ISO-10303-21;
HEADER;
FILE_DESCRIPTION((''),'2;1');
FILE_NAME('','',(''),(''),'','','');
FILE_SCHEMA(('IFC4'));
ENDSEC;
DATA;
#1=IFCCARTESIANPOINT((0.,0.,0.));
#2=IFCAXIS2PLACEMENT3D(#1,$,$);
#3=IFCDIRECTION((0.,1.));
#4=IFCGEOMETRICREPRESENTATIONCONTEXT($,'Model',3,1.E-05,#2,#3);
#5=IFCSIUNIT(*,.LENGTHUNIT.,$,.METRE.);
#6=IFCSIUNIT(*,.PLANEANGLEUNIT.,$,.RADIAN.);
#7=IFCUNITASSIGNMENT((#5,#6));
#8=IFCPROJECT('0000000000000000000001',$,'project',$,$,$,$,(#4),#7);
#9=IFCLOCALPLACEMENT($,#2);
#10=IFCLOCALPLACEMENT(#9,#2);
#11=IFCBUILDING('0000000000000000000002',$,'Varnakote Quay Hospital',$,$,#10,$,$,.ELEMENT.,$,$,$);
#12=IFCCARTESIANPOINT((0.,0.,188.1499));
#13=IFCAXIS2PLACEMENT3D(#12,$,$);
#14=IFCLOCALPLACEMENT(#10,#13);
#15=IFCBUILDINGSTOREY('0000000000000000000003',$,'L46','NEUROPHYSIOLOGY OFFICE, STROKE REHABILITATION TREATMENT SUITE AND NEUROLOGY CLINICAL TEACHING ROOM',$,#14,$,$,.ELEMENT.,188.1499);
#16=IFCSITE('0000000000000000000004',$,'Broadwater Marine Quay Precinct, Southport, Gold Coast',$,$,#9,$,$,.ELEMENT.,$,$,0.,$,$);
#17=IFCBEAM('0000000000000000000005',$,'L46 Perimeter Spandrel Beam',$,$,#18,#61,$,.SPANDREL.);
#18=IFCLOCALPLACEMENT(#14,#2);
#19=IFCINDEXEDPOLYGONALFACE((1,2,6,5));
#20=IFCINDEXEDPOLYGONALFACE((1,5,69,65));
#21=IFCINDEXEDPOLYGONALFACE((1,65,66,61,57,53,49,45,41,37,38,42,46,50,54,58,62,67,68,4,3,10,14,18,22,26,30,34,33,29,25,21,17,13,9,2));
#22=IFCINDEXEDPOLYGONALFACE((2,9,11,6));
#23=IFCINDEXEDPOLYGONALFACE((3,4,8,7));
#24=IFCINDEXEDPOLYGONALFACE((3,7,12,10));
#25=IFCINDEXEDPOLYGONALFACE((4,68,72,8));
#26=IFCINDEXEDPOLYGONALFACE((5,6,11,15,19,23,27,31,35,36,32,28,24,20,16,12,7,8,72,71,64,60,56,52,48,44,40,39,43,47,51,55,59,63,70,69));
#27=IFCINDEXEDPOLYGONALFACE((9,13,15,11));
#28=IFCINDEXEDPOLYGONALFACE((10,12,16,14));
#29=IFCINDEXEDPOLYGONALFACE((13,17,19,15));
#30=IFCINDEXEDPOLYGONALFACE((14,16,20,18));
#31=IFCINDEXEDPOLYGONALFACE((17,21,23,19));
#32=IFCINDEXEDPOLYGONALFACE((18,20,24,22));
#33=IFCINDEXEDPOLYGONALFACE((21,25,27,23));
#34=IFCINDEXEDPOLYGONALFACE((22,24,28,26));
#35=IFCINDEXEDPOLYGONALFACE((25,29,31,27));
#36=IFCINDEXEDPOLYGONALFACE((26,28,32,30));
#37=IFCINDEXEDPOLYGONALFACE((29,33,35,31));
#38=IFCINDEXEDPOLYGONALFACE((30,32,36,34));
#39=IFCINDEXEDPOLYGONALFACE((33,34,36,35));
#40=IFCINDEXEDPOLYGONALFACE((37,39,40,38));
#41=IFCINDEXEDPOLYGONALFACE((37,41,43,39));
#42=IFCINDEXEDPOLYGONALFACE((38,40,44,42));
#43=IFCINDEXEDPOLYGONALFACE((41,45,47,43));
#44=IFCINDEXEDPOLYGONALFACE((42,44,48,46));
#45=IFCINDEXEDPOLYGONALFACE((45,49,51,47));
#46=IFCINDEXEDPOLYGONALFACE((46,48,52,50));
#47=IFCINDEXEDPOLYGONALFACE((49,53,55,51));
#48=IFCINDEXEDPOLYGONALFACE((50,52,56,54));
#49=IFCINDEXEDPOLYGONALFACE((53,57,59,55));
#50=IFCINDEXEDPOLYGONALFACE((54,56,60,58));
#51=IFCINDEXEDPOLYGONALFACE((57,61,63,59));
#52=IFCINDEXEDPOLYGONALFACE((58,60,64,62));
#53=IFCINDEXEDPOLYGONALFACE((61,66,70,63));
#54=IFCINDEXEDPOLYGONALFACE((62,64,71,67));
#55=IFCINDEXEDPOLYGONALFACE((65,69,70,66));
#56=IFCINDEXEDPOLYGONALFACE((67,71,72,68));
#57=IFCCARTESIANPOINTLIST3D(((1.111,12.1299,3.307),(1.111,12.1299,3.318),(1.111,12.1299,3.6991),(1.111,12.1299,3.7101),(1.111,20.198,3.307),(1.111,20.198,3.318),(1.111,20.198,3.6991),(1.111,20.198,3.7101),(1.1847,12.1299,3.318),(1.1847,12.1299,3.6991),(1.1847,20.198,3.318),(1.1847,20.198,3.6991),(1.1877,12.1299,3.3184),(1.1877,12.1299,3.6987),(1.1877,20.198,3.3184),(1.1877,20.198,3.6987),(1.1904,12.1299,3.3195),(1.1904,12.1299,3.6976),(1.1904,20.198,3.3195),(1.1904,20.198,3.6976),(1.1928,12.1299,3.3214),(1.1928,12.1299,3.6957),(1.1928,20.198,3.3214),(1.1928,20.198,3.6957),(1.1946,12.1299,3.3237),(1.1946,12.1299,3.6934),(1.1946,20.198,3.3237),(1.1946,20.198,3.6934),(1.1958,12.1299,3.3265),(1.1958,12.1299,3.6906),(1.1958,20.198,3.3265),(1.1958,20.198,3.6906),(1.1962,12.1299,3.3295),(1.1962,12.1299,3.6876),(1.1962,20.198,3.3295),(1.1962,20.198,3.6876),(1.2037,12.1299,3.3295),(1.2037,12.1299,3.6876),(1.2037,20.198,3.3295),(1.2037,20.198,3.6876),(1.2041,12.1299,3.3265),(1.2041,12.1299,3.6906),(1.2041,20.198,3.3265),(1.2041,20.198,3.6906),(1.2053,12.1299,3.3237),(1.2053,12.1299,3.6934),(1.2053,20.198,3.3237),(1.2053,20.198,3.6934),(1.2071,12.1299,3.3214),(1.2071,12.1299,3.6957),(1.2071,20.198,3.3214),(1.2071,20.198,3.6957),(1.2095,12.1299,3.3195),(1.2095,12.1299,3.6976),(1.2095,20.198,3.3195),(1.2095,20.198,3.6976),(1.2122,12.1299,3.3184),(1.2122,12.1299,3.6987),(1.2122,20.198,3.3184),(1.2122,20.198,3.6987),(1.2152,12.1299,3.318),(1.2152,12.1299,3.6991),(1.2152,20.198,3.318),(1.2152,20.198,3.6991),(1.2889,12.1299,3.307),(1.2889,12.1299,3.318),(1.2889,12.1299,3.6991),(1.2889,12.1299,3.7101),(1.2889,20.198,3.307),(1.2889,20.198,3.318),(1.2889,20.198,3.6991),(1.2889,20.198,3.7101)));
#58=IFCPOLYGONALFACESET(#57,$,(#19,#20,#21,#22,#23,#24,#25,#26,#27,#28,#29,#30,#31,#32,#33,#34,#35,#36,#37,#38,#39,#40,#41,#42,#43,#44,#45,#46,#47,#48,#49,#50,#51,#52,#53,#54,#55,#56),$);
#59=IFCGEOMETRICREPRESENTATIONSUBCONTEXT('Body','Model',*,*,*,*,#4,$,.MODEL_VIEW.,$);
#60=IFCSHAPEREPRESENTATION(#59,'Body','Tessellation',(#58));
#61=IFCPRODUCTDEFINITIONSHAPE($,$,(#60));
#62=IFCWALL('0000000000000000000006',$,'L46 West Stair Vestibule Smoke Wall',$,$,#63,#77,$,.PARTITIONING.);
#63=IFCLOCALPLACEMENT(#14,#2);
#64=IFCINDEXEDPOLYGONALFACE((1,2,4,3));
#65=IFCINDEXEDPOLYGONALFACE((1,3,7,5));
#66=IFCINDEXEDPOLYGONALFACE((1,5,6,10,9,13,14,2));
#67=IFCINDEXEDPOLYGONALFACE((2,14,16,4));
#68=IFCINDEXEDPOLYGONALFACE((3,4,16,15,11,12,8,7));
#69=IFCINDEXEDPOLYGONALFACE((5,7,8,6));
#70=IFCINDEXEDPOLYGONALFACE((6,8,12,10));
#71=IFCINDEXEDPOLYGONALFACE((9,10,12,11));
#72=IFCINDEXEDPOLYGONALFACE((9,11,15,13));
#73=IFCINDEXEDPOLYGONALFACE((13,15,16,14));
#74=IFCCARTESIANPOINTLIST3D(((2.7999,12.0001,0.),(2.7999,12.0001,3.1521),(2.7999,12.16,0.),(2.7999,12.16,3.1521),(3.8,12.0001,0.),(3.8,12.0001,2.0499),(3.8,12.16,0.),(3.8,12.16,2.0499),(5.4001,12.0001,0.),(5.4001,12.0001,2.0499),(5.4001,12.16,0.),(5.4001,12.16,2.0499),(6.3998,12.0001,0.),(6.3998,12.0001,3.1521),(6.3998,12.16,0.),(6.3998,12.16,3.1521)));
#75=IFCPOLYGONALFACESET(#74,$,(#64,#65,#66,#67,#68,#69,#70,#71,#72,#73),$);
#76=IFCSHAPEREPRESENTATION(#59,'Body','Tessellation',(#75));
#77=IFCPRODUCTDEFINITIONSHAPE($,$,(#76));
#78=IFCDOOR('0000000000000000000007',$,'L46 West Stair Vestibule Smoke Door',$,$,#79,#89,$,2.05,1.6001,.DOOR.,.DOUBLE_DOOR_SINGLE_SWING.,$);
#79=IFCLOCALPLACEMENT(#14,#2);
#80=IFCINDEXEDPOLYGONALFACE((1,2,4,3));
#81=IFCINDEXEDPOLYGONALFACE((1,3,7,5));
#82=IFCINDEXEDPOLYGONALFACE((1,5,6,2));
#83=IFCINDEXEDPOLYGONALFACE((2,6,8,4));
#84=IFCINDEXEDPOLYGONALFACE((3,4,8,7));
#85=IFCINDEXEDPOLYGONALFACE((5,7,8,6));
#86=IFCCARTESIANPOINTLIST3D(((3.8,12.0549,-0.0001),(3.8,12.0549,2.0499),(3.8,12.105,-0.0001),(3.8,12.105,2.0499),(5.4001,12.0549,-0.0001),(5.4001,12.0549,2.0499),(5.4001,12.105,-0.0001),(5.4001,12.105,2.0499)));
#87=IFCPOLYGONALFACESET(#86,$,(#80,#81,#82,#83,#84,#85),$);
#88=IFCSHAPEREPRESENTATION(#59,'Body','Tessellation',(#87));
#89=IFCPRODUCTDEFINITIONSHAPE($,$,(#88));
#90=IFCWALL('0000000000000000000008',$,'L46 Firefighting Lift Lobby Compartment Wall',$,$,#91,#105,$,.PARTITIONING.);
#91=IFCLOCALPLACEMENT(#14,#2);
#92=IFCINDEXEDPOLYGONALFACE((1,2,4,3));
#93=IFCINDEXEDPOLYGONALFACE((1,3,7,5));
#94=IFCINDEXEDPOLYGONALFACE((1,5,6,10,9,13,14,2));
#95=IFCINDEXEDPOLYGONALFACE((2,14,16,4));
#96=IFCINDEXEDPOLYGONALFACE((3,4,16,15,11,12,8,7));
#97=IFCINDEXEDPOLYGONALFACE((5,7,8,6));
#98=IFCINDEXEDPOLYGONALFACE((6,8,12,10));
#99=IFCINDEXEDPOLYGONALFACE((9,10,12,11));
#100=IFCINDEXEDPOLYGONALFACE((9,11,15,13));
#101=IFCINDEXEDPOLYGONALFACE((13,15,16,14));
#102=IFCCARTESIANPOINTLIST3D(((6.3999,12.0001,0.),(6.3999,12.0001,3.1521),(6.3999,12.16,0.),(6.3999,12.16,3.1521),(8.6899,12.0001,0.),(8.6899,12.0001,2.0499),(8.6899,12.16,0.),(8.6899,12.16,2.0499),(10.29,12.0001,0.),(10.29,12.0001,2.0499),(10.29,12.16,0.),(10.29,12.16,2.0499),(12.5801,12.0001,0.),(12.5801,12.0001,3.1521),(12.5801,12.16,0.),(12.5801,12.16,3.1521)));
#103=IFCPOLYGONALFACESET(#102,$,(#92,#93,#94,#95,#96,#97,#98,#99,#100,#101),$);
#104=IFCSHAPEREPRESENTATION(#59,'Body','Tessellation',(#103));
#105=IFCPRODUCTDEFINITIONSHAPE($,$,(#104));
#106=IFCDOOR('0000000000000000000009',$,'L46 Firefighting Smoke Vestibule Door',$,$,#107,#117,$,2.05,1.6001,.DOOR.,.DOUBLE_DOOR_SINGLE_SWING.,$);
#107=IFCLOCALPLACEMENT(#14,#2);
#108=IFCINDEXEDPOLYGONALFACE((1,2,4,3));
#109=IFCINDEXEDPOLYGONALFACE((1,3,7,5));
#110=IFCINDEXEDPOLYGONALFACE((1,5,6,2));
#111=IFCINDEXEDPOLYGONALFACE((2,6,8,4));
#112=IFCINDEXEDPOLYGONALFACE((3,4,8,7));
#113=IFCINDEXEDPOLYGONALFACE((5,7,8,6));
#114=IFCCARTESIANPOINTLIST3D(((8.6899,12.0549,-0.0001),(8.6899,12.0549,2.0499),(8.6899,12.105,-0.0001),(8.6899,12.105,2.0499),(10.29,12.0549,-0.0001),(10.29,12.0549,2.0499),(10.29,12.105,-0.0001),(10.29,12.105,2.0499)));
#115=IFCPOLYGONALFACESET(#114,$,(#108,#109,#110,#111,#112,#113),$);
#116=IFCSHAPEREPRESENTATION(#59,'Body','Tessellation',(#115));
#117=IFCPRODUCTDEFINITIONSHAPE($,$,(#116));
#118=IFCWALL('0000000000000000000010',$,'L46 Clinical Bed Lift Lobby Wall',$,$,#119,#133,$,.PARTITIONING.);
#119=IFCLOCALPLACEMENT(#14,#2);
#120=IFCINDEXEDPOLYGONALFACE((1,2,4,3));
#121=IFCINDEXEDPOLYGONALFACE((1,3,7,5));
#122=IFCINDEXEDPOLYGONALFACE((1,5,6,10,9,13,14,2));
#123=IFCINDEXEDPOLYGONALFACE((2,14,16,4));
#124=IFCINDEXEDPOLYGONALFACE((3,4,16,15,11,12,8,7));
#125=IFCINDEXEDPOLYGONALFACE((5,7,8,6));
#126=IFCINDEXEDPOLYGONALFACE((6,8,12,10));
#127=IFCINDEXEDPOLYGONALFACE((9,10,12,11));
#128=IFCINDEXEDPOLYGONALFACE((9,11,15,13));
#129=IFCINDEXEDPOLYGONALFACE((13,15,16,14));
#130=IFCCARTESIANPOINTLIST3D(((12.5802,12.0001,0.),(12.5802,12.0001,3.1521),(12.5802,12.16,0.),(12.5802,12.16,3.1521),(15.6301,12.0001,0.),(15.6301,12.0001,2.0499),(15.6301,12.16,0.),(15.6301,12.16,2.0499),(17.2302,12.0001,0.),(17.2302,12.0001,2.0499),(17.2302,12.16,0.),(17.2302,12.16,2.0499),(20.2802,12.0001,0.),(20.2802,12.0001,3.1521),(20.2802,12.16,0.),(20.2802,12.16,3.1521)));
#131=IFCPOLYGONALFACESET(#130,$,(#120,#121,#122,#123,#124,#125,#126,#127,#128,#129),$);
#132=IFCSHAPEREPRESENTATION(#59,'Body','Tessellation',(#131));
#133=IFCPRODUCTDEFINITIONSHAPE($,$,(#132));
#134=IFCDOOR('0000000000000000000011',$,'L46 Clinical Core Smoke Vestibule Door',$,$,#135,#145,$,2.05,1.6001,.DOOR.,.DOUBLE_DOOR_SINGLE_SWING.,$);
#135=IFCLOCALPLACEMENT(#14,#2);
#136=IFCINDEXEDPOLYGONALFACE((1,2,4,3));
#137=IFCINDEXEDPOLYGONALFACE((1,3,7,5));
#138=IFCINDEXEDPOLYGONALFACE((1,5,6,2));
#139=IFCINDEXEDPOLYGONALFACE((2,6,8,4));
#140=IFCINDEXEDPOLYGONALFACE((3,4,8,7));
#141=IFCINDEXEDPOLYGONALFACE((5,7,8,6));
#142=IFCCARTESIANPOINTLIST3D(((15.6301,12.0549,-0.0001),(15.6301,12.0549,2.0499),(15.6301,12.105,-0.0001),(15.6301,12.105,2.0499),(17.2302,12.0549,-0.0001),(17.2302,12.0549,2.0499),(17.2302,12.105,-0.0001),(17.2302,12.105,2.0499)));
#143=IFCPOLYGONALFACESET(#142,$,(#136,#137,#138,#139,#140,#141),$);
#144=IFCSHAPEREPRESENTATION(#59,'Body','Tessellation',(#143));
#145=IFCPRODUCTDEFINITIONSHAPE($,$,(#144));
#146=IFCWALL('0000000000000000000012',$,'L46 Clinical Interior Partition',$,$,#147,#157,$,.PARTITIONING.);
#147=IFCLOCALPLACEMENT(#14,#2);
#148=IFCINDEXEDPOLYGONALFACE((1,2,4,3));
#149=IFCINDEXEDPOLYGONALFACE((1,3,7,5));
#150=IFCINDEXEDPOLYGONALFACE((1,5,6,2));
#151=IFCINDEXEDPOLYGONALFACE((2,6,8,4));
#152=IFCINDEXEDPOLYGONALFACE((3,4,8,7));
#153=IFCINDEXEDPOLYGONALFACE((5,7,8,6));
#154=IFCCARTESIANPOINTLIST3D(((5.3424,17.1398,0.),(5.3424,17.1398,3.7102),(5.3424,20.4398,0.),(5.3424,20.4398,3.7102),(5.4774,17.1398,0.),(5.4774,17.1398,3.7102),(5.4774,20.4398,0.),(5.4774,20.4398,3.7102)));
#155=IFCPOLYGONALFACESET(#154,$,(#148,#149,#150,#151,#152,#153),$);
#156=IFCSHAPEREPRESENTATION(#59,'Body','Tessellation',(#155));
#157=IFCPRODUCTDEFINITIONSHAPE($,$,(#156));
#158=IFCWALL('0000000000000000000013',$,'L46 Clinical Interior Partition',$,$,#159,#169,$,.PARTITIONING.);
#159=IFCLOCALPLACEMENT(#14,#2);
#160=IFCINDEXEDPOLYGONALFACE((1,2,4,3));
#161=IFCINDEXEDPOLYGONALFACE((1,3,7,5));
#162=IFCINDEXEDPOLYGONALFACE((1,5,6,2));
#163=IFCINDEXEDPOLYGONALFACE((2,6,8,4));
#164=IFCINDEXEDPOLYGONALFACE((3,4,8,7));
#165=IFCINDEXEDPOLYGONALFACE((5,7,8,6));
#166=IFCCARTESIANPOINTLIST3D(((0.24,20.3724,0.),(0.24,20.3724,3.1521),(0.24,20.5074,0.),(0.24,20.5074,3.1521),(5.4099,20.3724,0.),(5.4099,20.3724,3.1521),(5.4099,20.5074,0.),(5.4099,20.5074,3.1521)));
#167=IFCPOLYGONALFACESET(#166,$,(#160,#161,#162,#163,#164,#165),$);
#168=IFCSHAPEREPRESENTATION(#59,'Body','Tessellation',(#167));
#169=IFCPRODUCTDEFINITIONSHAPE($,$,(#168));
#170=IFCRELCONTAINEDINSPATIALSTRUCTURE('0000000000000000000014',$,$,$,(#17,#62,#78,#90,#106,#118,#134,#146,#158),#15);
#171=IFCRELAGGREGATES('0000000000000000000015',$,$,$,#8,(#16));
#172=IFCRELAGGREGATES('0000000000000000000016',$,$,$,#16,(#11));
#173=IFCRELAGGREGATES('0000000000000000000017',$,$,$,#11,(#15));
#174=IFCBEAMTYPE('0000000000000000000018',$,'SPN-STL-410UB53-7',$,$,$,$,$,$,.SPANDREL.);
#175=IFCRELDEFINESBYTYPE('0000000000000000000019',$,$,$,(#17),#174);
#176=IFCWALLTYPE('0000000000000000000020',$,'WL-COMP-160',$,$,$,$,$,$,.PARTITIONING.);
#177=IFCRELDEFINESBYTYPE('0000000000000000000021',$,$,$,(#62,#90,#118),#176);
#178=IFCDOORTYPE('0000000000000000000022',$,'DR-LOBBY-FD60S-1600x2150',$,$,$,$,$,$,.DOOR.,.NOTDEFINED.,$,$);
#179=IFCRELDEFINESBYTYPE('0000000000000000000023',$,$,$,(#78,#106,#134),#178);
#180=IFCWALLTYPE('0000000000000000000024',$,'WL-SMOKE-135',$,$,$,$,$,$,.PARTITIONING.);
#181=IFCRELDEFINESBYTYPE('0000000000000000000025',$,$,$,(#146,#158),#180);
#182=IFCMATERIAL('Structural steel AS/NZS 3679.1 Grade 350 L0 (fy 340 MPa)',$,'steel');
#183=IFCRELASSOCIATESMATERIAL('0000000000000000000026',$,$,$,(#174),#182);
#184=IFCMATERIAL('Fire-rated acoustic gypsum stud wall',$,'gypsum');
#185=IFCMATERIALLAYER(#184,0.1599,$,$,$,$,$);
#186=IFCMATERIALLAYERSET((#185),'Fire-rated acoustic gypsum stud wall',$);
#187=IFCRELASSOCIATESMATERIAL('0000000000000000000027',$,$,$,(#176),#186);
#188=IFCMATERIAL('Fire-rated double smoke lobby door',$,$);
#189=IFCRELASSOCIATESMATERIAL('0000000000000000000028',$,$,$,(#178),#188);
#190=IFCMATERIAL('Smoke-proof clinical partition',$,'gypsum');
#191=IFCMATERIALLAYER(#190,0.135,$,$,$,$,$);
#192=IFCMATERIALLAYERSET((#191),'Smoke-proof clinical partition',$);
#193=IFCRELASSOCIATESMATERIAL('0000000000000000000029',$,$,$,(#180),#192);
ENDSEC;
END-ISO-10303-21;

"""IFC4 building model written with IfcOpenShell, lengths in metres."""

from ifc_helpers import new_model, si_unit, direction, frame, frame_2d, origin, origin_2d, place, context, subcontext, project, spatial, rectangle, i_section, extrude, material, layer, layer_set, material_profile, profile_set, type_object, element, fill, save


model = new_model("IFC4")

# Units and contexts
model_context = context("Model", 3, precision=1e-05, world=origin(), true_north=direction((0.0, 1.0)))
body_context = subcontext(model_context, "Body", "Model", "MODEL_VIEW")
ifc_project = project(units=[si_unit("LENGTHUNIT", "METRE"), si_unit("PLANEANGLEUNIT", "RADIAN")], contexts=[model_context])

# Site, building, storey
site_placement = place(None, origin())
site = spatial("IfcSite", under=ifc_project, at=site_placement, Name="Broadwater Marine Quay Precinct, Southport, Gold Coast", CompositionType="ELEMENT", RefElevation=0.0)
building_placement = place(site_placement, origin())
building = spatial("IfcBuilding", under=site, at=building_placement, Name="Varnakote Quay Hospital", CompositionType="ELEMENT")
storey_placement = place(building_placement, frame((0.0, 0.0, 188.1499)))
storey = spatial("IfcBuildingStorey", under=building, at=storey_placement, Name="L46", Description="NEUROPHYSIOLOGY OFFICE, STROKE REHABILITATION TREATMENT SUITE AND NEUROLOGY CLINICAL TEACHING ROOM", CompositionType="ELEMENT", Elevation=188.1499)

# Beam
ifc_material_1 = material(Name="Structural steel AS/NZS 3679.1 Grade 350 L0 (fy 340 MPa)", Category="steel")
ifc_material_profile_1 = material_profile(ifc_material_1, i_section(OverallWidth=0.178, OverallDepth=0.4031, WebThickness=0.0076, FlangeThickness=0.011, FilletRadius=0.0115, at=origin_2d()), Name="410UB53.7")
ifc_profile_set_1 = profile_set([ifc_material_profile_1], Name="Structural steel AS/NZS 3679.1 Grade 350 L0 (fy 340 MPa)")
beam_type_1 = type_object("IfcBeamType", Name="SPN-STL-410UB53-7", PredefinedType="SPANDREL", material=ifc_profile_set_1)
beam_1_placement = place(storey_placement, frame((1.2, 12.1299, 3.5085), z_axis=(0.0, 1.0, 0.0), x_axis=(-1.0, 0.0, 0.0)))
element("IfcBeam", 1, at=beam_1_placement, inside=storey, type_object=beam_type_1, Name="L46 Perimeter Spandrel Beam", PredefinedType="SPANDREL", context=body_context, shape_type="SweptSolid", body=[
    extrude(i_section(OverallWidth=0.178, OverallDepth=0.4031, WebThickness=0.0076, FlangeThickness=0.011, FilletRadius=0.0115, at=origin_2d()), origin(), (0.0, 0.0, 1.0), 8.0681),
])

# Walls, openings, doors
ifc_material_2 = material(Name="Fire-rated acoustic gypsum stud wall", Category="gypsum")
ifc_layer_1 = layer(ifc_material_2, 0.1599)
ifc_layer_set_1 = layer_set([ifc_layer_1], Name="Fire-rated acoustic gypsum stud wall")
wall_type_1 = type_object("IfcWallType", Name="WL-COMP-160", PredefinedType="PARTITIONING", material=ifc_layer_set_1)
wall_1_placement = place(storey_placement, frame((2.8, 12.0801, 0.0), z_axis=(0.0, 0.0, 1.0), x_axis=(1.0, 0.0, 0.0)))
wall_1 = element("IfcWall", 2, at=wall_1_placement, inside=storey, type_object=wall_type_1, Name="L46 West Stair Vestibule Smoke Wall", PredefinedType="PARTITIONING", context=body_context, shape_type="SweptSolid", body=[
    extrude(rectangle(XDim=3.5999, YDim=0.1599, at=frame_2d((1.7998, 0.0))), origin(), (0.0, 0.0, 1.0), 3.1521),
])
opening_1_placement = place(wall_1_placement, frame((1.0, 0.0, 0.0)))
opening_1 = element("IfcOpeningElement", 3, at=opening_1_placement, cuts=wall_1, PredefinedType="OPENING", context=body_context, shape_type="SweptSolid", body=[
    extrude(rectangle(XDim=1.6001, YDim=2.05, at=frame_2d((0.8, 1.0249))), frame((0.0, 0.0898, 0.0), z_axis=(0.0, -1.0, 0.0), x_axis=(1.0, 0.0, 0.0)), (0.0, 0.0, 1.0), 0.1799),
])
ifc_material_3 = material(Name="Fire-rated double smoke lobby door")
door_type_1 = type_object("IfcDoorType", Name="DR-LOBBY-FD60S-1600x2150", OperationType="NOTDEFINED", PredefinedType="DOOR", material=ifc_material_3)
door_1_placement = place(opening_1_placement, origin())
door_1 = element("IfcDoor", 4, at=door_1_placement, inside=storey, type_object=door_type_1, Name="L46 West Stair Vestibule Smoke Door", OperationType="DOUBLE_DOOR_SINGLE_SWING", OverallHeight=2.05, OverallWidth=1.6001, PredefinedType="DOOR", context=body_context, shape_type="SweptSolid", body=[
    extrude(rectangle(XDim=1.6001, YDim=2.05, at=frame_2d((0.8, 1.0249))), frame((0.0, 0.0249, 0.0), z_axis=(0.0, -1.0, 0.0), x_axis=(1.0, 0.0, 0.0)), (0.0, 0.0, 1.0), 0.05),
])
fill(opening_1, door_1)
wall_2_placement = place(storey_placement, frame((6.3999, 12.0801, 0.0), z_axis=(0.0, 0.0, 1.0), x_axis=(1.0, 0.0, 0.0)))
wall_2 = element("IfcWall", 5, at=wall_2_placement, inside=storey, type_object=wall_type_1, Name="L46 Firefighting Lift Lobby Compartment Wall", PredefinedType="PARTITIONING", context=body_context, shape_type="SweptSolid", body=[
    extrude(rectangle(XDim=6.1802, YDim=0.1599, at=frame_2d((3.0901, 0.0))), origin(), (0.0, 0.0, 1.0), 3.1521),
])
opening_2_placement = place(wall_2_placement, frame((2.29, 0.0, 0.0)))
opening_2 = element("IfcOpeningElement", 6, at=opening_2_placement, cuts=wall_2, PredefinedType="OPENING", context=body_context, shape_type="SweptSolid", body=[
    extrude(rectangle(XDim=1.6001, YDim=2.05, at=frame_2d((0.8, 1.0249))), frame((0.0, 0.0898, 0.0), z_axis=(0.0, -1.0, 0.0), x_axis=(1.0, 0.0, 0.0)), (0.0, 0.0, 1.0), 0.1799),
])
door_2_placement = place(opening_2_placement, origin())
door_2 = element("IfcDoor", 7, at=door_2_placement, inside=storey, type_object=door_type_1, Name="L46 Firefighting Smoke Vestibule Door", OperationType="DOUBLE_DOOR_SINGLE_SWING", OverallHeight=2.05, OverallWidth=1.6001, PredefinedType="DOOR", context=body_context, shape_type="SweptSolid", body=[
    extrude(rectangle(XDim=1.6001, YDim=2.05, at=frame_2d((0.8, 1.0249))), frame((0.0, 0.0249, 0.0), z_axis=(0.0, -1.0, 0.0), x_axis=(1.0, 0.0, 0.0)), (0.0, 0.0, 1.0), 0.05),
])
fill(opening_2, door_2)
wall_3_placement = place(storey_placement, frame((12.5801, 12.0801, 0.0), z_axis=(0.0, 0.0, 1.0), x_axis=(1.0, 0.0, 0.0)))
wall_3 = element("IfcWall", 8, at=wall_3_placement, inside=storey, type_object=wall_type_1, Name="L46 Clinical Bed Lift Lobby Wall", PredefinedType="PARTITIONING", context=body_context, shape_type="SweptSolid", body=[
    extrude(rectangle(XDim=7.7, YDim=0.1599, at=frame_2d((3.8501, 0.0))), origin(), (0.0, 0.0, 1.0), 3.1521),
])
opening_3_placement = place(wall_3_placement, frame((3.05, 0.0, 0.0)))
opening_3 = element("IfcOpeningElement", 9, at=opening_3_placement, cuts=wall_3, PredefinedType="OPENING", context=body_context, shape_type="SweptSolid", body=[
    extrude(rectangle(XDim=1.6001, YDim=2.05, at=frame_2d((0.8, 1.0249))), frame((0.0, 0.0898, 0.0), z_axis=(0.0, -1.0, 0.0), x_axis=(1.0, 0.0, 0.0)), (0.0, 0.0, 1.0), 0.1799),
])
door_3_placement = place(opening_3_placement, origin())
door_3 = element("IfcDoor", 10, at=door_3_placement, inside=storey, type_object=door_type_1, Name="L46 Clinical Core Smoke Vestibule Door", OperationType="DOUBLE_DOOR_SINGLE_SWING", OverallHeight=2.05, OverallWidth=1.6001, PredefinedType="DOOR", context=body_context, shape_type="SweptSolid", body=[
    extrude(rectangle(XDim=1.6001, YDim=2.05, at=frame_2d((0.8, 1.0249))), frame((0.0, 0.0249, 0.0), z_axis=(0.0, -1.0, 0.0), x_axis=(1.0, 0.0, 0.0)), (0.0, 0.0, 1.0), 0.05),
])
fill(opening_3, door_3)

# Walls
ifc_material_4 = material(Name="Smoke-proof clinical partition", Category="gypsum")
ifc_layer_2 = layer(ifc_material_4, 0.135)
ifc_layer_set_2 = layer_set([ifc_layer_2], Name="Smoke-proof clinical partition")
wall_type_2 = type_object("IfcWallType", Name="WL-SMOKE-135", PredefinedType="PARTITIONING", material=ifc_layer_set_2)
wall_4_placement = place(storey_placement, frame((5.4099, 17.1399, 0.0), z_axis=(0.0, 0.0, 1.0), x_axis=(0.0, 1.0, 0.0)))
element("IfcWall", 11, at=wall_4_placement, inside=storey, type_object=wall_type_2, Name="L46 Clinical Interior Partition", PredefinedType="PARTITIONING", context=body_context, shape_type="SweptSolid", body=[
    extrude(rectangle(XDim=3.3, YDim=0.135, at=frame_2d((1.6499, 0.0))), origin(), (0.0, 0.0, 1.0), 3.7102),
])
wall_5_placement = place(storey_placement, frame((5.4099, 20.4399, 0.0), z_axis=(0.0, 0.0, 1.0), x_axis=(-1.0, 0.0, 0.0)))
element("IfcWall", 12, at=wall_5_placement, inside=storey, type_object=wall_type_2, Name="L46 Clinical Interior Partition", PredefinedType="PARTITIONING", context=body_context, shape_type="SweptSolid", body=[
    extrude(rectangle(XDim=5.1699, YDim=0.135, at=frame_2d((2.585, 0.0))), origin(), (0.0, 0.0, 1.0), 3.1521),
])

save(model, "model.ifc")
